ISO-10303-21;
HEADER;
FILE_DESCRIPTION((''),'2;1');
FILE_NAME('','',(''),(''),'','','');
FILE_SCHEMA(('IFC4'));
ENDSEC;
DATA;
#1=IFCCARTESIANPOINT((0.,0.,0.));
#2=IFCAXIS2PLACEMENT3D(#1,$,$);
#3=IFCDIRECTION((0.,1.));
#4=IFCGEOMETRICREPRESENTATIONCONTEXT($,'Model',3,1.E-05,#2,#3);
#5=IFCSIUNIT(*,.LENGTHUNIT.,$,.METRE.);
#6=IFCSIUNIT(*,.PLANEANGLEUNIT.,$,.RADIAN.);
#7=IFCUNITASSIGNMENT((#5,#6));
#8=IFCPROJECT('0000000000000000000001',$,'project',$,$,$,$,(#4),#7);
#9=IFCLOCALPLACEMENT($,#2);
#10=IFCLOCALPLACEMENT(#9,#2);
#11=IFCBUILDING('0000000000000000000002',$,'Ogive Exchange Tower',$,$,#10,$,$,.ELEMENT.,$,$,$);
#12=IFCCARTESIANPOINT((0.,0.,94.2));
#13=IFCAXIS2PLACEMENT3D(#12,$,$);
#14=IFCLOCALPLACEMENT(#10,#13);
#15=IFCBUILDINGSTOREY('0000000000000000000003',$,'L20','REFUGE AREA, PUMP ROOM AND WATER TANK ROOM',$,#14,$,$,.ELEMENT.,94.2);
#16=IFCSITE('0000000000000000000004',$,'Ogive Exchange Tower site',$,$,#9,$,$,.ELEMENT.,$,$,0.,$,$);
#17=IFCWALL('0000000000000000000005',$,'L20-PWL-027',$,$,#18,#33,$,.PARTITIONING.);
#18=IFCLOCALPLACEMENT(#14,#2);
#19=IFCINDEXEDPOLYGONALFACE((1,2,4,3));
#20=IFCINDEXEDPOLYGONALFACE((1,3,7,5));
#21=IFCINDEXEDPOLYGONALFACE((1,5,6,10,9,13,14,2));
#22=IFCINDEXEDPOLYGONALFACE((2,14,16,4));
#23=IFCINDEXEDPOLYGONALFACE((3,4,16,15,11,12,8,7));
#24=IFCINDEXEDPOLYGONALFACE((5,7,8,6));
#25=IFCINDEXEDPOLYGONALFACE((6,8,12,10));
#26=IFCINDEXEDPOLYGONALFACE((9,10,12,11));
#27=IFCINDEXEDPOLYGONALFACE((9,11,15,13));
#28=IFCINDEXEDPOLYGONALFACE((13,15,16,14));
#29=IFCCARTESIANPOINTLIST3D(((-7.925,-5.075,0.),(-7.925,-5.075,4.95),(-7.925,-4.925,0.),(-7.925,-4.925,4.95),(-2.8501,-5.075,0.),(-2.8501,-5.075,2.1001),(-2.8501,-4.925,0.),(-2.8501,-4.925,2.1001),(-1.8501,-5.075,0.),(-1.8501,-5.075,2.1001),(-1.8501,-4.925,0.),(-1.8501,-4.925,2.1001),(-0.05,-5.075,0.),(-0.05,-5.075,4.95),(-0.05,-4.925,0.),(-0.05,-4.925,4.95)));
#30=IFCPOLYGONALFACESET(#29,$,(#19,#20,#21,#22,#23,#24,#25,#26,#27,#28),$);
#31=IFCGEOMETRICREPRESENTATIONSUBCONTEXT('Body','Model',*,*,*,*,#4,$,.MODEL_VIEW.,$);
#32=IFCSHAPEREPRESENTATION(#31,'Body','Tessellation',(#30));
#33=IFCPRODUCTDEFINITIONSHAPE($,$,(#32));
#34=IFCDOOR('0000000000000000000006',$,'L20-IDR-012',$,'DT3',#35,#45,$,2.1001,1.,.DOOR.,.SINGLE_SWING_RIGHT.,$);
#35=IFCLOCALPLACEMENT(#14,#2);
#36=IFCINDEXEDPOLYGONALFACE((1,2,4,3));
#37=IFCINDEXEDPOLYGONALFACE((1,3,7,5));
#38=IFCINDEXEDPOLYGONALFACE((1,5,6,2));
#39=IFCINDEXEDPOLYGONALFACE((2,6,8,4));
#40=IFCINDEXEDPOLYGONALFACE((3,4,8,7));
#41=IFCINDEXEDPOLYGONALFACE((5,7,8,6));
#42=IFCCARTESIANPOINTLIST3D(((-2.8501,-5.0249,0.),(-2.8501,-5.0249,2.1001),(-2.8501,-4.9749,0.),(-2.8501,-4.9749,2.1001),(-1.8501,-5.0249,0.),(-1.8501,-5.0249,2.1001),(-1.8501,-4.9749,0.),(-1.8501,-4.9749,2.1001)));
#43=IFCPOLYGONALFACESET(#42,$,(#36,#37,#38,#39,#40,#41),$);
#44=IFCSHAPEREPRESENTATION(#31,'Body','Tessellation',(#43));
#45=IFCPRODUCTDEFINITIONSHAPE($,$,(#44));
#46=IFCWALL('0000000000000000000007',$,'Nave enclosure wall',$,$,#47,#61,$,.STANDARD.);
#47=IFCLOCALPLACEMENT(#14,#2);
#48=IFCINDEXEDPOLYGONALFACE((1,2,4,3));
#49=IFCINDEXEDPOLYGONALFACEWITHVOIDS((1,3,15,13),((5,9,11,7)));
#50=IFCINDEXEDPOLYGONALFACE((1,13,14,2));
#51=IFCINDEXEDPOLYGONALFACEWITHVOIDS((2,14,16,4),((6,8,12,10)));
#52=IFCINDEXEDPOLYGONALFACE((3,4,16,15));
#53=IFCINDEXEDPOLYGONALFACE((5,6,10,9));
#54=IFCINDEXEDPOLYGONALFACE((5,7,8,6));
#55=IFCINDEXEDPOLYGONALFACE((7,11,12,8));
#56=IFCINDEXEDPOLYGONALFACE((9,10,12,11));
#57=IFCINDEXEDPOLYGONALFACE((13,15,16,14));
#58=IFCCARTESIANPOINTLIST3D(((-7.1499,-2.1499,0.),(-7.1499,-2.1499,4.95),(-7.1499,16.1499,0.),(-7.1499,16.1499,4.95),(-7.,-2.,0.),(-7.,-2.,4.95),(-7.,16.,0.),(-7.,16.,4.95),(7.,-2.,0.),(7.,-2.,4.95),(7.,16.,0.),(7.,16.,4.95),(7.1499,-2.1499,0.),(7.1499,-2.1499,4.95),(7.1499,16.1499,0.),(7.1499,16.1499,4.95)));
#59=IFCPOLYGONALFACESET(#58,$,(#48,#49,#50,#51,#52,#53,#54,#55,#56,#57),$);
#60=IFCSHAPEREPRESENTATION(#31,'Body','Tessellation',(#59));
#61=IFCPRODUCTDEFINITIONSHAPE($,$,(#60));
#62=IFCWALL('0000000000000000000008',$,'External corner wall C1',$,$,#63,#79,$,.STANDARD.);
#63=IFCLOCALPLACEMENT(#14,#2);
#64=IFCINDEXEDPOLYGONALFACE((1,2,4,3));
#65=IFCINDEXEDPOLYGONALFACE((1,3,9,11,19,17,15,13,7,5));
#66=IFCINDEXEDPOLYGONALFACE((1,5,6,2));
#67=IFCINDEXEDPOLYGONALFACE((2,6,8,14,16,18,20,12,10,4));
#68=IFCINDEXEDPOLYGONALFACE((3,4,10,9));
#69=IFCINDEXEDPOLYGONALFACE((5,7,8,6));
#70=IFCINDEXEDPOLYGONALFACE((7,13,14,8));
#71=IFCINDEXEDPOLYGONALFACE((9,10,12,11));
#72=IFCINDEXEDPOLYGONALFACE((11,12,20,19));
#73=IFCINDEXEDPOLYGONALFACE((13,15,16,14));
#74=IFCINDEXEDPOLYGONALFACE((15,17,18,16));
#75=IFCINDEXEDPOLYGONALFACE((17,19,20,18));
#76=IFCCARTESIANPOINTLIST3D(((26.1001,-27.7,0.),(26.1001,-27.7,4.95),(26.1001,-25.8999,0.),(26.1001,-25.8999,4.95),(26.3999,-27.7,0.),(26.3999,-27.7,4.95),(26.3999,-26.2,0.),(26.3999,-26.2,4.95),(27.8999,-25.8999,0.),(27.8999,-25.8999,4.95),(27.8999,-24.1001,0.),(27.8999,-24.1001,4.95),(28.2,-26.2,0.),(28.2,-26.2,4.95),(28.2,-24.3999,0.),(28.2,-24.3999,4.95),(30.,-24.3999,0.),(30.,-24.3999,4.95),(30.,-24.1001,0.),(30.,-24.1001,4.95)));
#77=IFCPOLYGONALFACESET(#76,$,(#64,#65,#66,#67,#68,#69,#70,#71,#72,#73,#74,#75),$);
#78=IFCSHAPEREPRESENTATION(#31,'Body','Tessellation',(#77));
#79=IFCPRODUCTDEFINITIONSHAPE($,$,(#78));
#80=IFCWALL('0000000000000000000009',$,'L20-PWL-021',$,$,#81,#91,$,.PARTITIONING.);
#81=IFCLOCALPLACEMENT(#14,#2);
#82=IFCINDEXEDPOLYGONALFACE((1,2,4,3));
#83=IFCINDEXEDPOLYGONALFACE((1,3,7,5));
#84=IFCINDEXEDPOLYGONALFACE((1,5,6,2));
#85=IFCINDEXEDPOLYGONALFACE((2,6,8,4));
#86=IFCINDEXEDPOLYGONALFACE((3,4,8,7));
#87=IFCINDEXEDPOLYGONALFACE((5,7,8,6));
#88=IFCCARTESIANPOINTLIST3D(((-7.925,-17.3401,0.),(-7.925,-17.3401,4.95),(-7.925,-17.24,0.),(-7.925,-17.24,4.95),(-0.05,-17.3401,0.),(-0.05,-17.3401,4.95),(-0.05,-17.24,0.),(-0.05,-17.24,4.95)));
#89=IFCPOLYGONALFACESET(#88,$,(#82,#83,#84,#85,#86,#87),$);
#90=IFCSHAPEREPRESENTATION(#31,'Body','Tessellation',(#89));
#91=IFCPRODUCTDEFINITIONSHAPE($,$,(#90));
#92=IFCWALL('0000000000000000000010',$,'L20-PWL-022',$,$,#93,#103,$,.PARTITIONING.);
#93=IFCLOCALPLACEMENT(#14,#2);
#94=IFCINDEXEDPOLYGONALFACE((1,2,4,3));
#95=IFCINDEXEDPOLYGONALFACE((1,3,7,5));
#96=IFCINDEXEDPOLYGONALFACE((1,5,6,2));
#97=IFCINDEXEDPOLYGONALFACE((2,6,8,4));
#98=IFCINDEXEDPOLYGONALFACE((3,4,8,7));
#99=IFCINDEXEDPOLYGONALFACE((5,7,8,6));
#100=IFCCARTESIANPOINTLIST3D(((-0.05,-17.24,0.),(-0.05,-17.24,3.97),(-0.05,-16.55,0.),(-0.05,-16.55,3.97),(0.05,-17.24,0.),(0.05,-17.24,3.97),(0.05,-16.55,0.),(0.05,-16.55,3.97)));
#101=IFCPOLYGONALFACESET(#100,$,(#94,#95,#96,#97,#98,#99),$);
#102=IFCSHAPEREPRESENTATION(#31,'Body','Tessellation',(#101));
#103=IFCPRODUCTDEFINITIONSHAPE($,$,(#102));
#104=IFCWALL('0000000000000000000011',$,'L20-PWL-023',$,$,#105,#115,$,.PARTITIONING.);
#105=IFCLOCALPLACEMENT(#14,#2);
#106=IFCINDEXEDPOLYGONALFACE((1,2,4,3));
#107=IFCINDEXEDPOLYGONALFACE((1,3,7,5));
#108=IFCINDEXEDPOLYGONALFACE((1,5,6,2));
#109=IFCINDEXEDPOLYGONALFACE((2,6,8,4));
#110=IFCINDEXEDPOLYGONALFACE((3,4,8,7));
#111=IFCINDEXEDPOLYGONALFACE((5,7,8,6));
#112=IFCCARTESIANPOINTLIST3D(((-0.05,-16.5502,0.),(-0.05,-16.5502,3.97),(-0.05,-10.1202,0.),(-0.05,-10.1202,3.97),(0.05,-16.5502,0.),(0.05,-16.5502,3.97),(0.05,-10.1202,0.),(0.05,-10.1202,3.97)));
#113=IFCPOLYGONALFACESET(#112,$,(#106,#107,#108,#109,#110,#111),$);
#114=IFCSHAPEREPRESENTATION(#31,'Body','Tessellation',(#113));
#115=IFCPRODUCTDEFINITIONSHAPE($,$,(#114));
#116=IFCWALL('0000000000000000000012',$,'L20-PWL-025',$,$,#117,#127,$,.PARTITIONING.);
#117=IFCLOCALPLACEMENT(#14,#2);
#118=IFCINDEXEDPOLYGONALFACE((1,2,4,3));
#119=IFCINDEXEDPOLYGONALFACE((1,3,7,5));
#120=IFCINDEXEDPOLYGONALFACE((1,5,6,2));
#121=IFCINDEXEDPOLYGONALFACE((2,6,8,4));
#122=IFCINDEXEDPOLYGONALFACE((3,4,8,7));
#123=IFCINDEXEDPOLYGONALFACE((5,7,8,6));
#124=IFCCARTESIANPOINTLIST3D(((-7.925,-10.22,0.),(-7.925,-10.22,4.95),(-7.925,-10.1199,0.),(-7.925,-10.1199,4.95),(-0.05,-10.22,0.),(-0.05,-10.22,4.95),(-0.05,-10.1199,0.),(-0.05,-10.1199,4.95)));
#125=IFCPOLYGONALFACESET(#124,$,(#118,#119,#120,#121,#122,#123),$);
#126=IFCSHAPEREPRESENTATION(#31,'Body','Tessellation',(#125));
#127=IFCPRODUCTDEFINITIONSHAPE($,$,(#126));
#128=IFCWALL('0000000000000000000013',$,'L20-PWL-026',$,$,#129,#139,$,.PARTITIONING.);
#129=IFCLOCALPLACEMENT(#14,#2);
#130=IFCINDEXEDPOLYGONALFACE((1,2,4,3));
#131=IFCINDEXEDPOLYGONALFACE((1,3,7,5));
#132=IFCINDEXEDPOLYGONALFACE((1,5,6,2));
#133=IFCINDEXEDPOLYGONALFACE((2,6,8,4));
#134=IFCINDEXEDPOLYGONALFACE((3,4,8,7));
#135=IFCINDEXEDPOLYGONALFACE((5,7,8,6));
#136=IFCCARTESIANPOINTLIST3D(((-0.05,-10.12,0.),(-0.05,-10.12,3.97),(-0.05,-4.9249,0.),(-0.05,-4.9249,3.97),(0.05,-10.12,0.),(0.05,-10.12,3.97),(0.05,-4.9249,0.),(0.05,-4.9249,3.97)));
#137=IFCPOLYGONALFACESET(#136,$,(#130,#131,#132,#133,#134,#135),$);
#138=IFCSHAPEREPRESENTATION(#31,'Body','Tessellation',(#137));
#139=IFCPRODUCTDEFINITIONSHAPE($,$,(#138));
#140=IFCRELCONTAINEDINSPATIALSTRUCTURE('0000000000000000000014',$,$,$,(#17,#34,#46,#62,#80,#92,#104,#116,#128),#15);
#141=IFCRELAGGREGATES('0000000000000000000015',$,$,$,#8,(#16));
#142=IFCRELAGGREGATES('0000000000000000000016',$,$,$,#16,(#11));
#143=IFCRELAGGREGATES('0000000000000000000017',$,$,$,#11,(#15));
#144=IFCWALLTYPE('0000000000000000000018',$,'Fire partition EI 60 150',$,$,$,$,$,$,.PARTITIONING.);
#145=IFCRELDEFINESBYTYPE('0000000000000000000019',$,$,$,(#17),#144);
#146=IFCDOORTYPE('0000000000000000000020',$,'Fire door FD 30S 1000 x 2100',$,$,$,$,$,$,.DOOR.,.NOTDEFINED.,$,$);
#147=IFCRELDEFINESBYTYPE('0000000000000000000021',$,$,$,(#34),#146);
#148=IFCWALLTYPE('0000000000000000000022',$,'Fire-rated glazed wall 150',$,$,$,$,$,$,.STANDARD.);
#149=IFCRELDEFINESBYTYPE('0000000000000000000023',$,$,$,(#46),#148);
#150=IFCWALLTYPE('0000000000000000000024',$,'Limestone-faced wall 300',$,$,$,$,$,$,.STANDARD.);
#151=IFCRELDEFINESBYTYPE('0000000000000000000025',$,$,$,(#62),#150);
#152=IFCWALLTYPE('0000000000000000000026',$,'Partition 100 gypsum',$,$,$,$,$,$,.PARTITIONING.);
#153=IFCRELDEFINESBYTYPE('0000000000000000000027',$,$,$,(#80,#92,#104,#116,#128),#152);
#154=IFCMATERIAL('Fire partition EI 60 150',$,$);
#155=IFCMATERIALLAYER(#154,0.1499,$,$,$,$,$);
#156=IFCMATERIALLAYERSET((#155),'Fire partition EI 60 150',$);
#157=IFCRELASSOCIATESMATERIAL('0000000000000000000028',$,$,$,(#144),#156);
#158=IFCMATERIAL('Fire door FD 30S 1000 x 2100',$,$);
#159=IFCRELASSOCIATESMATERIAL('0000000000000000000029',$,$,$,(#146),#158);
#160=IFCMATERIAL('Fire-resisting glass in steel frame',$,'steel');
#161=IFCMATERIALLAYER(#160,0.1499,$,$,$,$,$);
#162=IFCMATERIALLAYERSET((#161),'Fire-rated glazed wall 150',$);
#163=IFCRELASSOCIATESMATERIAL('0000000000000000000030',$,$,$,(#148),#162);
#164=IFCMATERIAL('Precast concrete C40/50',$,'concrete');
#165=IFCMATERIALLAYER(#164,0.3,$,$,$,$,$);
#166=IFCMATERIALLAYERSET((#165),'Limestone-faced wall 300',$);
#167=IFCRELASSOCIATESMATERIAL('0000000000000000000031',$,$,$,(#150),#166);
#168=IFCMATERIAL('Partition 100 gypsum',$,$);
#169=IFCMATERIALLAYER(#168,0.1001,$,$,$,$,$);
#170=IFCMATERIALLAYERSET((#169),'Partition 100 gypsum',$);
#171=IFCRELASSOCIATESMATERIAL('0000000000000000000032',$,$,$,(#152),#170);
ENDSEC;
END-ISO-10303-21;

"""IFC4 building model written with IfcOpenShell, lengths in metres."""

from ifc_helpers import new_model, si_unit, direction, frame, frame_2d, origin, place, context, subcontext, project, spatial, polyline, rectangle, outline, extrude, material, layer, layer_set, type_object, element, fill, save


model = new_model("IFC4")

# Units and contexts
model_context = context("Model", 3, precision=1e-05, world=origin(), true_north=direction((0.0, 1.0)))
body_context = subcontext(model_context, "Body", "Model", "MODEL_VIEW")
ifc_project = project(units=[si_unit("LENGTHUNIT", "METRE"), si_unit("PLANEANGLEUNIT", "RADIAN")], contexts=[model_context])

# Site, building, storey
site_placement = place(None, origin())
site = spatial("IfcSite", under=ifc_project, at=site_placement, Name="Ogive Exchange Tower site", CompositionType="ELEMENT", RefElevation=0.0)
building_placement = place(site_placement, origin())
building = spatial("IfcBuilding", under=site, at=building_placement, Name="Ogive Exchange Tower", CompositionType="ELEMENT")
storey_placement = place(building_placement, frame((0.0, 0.0, 94.2)))
storey = spatial("IfcBuildingStorey", under=building, at=storey_placement, Name="L20", Description="REFUGE AREA, PUMP ROOM AND WATER TANK ROOM", CompositionType="ELEMENT", Elevation=94.2)

# Shared definitions
ifc_material_1 = material(Name="Fire partition EI 60 150")
ifc_layer_1 = layer(ifc_material_1, 0.1499)
ifc_layer_set_1 = layer_set([ifc_layer_1], Name="Fire partition EI 60 150")
wall_type_1 = type_object("IfcWallType", Name="Fire partition EI 60 150", PredefinedType="PARTITIONING", material=ifc_layer_set_1)

# Shared definitions
ifc_material_2 = material(Name="Fire door FD 30S 1000 x 2100")
door_type_1 = type_object("IfcDoorType", Name="Fire door FD 30S 1000 x 2100", OperationType="NOTDEFINED", PredefinedType="DOOR", material=ifc_material_2)

# Wall, opening, door
wall_1_placement = place(storey_placement, frame((-0.05, -5.0, 0.0), z_axis=(0.0, 0.0, 1.0), x_axis=(-1.0, 0.0, 0.0)))
wall_1 = element("IfcWall", 1, at=wall_1_placement, inside=storey, type_object=wall_type_1, Name="L20-PWL-027", PredefinedType="PARTITIONING", context=body_context, shape_type="SweptSolid", body=[
    extrude(rectangle(XDim=7.875, YDim=0.1499, at=frame_2d((3.9375, 0.0))), origin(), (0.0, 0.0, 1.0), 4.95),
])
opening_1_placement = place(wall_1_placement, frame((1.8, 0.0, 0.0)))
opening_1 = element("IfcOpeningElement", 2, at=opening_1_placement, cuts=wall_1, PredefinedType="OPENING", context=body_context, shape_type="SweptSolid", body=[
    extrude(rectangle(XDim=1.0, YDim=2.1001, at=frame_2d((0.5, 1.05))), frame((0.0, 0.085, 0.0), z_axis=(0.0, -1.0, 0.0), x_axis=(1.0, 0.0, 0.0)), (0.0, 0.0, 1.0), 0.1699),
])
door_1_placement = place(opening_1_placement, origin())
door_1 = element("IfcDoor", 3, at=door_1_placement, inside=storey, type_object=door_type_1, Name="L20-IDR-012", ObjectType="DT3", OperationType="SINGLE_SWING_RIGHT", OverallHeight=2.1001, OverallWidth=1.0, PredefinedType="DOOR", context=body_context, shape_type="SweptSolid", body=[
    extrude(rectangle(XDim=1.0, YDim=2.1001, at=frame_2d((0.5, 1.05))), frame((0.0, 0.0249, 0.0), z_axis=(0.0, -1.0, 0.0), x_axis=(1.0, 0.0, 0.0)), (0.0, 0.0, 1.0), 0.05),
])
fill(opening_1, door_1)

# Walls
ifc_material_3 = material(Name="Fire-resisting glass in steel frame", Category="steel")
ifc_layer_2 = layer(ifc_material_3, 0.1499)
ifc_layer_set_2 = layer_set([ifc_layer_2], Name="Fire-rated glazed wall 150")
wall_type_2 = type_object("IfcWallType", Name="Fire-rated glazed wall 150", PredefinedType="STANDARD", material=ifc_layer_set_2)
wall_2_placement = place(storey_placement, origin())
element("IfcWall", 4, at=wall_2_placement, inside=storey, type_object=wall_type_2, Name="Nave enclosure wall", PredefinedType="STANDARD", context=body_context, shape_type="SweptSolid", body=[
    extrude(outline(polyline([(-7.1499, -2.1499), (7.1499, -2.1499), (7.1499, 16.1499), (-7.1499, 16.1499), (-7.1499, -2.1499)]), holes=[polyline([(-7.0, -2.0), (-7.0, 16.0), (7.0, 16.0), (7.0, -2.0), (-7.0, -2.0)])]), origin(), (0.0, 0.0, 1.0), 4.95),
])
ifc_material_4 = material(Name="Precast concrete C40/50", Category="concrete")
ifc_layer_3 = layer(ifc_material_4, 0.3)
ifc_layer_set_3 = layer_set([ifc_layer_3], Name="Limestone-faced wall 300")
wall_type_3 = type_object("IfcWallType", Name="Limestone-faced wall 300", PredefinedType="STANDARD", material=ifc_layer_set_3)
wall_3_placement = place(storey_placement, origin())
element("IfcWall", 5, at=wall_3_placement, inside=storey, type_object=wall_type_3, Name="External corner wall C1", PredefinedType="STANDARD", context=body_context, shape_type="SweptSolid", body=[
    extrude(outline(polyline([(27.8999, -25.8999), (27.8999, -24.1001), (30.0, -24.1001), (30.0, -24.3999), (28.2, -24.3999), (28.2, -26.2), (26.3999, -26.2), (26.3999, -27.7), (26.1001, -27.7), (26.1001, -25.8999), (27.8999, -25.8999)])), origin(), (0.0, 0.0, 1.0), 4.95),
])
ifc_material_5 = material(Name="Partition 100 gypsum")
ifc_layer_4 = layer(ifc_material_5, 0.1001)
ifc_layer_set_4 = layer_set([ifc_layer_4], Name="Partition 100 gypsum")
wall_type_4 = type_object("IfcWallType", Name="Partition 100 gypsum", PredefinedType="PARTITIONING", material=ifc_layer_set_4)
wall_4_placement = place(storey_placement, frame((-0.05, -17.29, 0.0), z_axis=(0.0, 0.0, 1.0), x_axis=(-1.0, 0.0, 0.0)))
element("IfcWall", 6, at=wall_4_placement, inside=storey, type_object=wall_type_4, Name="L20-PWL-021", PredefinedType="PARTITIONING", context=body_context, shape_type="SweptSolid", body=[
    extrude(rectangle(XDim=7.875, YDim=0.1001, at=frame_2d((3.9375, 0.0))), origin(), (0.0, 0.0, 1.0), 4.95),
])
wall_5_placement = place(storey_placement, frame((0.0, -17.24, 0.0), z_axis=(0.0, 0.0, 1.0), x_axis=(0.0, 1.0, 0.0)))
element("IfcWall", 7, at=wall_5_placement, inside=storey, type_object=wall_type_4, Name="L20-PWL-022", PredefinedType="PARTITIONING", context=body_context, shape_type="SweptSolid", body=[
    extrude(rectangle(XDim=0.6899, YDim=0.1001, at=frame_2d((0.345, 0.0))), origin(), (0.0, 0.0, 1.0), 3.97),
])
wall_6_placement = place(storey_placement, frame((0.0, -16.55, 0.0), z_axis=(0.0, 0.0, 1.0), x_axis=(0.0, 1.0, 0.0)))
element("IfcWall", 8, at=wall_6_placement, inside=storey, type_object=wall_type_4, Name="L20-PWL-023", PredefinedType="PARTITIONING", context=body_context, shape_type="SweptSolid", body=[
    extrude(rectangle(XDim=6.4299, YDim=0.1001, at=frame_2d((3.2148, 0.0))), origin(), (0.0, 0.0, 1.0), 3.97),
])
wall_7_placement = place(storey_placement, frame((-0.05, -10.1699, 0.0), z_axis=(0.0, 0.0, 1.0), x_axis=(-1.0, 0.0, 0.0)))
element("IfcWall", 9, at=wall_7_placement, inside=storey, type_object=wall_type_4, Name="L20-PWL-025", PredefinedType="PARTITIONING", context=body_context, shape_type="SweptSolid", body=[
    extrude(rectangle(XDim=7.875, YDim=0.1001, at=frame_2d((3.9375, 0.0))), origin(), (0.0, 0.0, 1.0), 4.95),
])
wall_8_placement = place(storey_placement, frame((0.0, -10.1201, 0.0), z_axis=(0.0, 0.0, 1.0), x_axis=(0.0, 1.0, 0.0)))
element("IfcWall", 10, at=wall_8_placement, inside=storey, type_object=wall_type_4, Name="L20-PWL-026", PredefinedType="PARTITIONING", context=body_context, shape_type="SweptSolid", body=[
    extrude(rectangle(XDim=5.1951, YDim=0.1001, at=frame_2d((2.5977, 0.0))), origin(), (0.0, 0.0, 1.0), 3.97),
])

save(model, "model.ifc")
